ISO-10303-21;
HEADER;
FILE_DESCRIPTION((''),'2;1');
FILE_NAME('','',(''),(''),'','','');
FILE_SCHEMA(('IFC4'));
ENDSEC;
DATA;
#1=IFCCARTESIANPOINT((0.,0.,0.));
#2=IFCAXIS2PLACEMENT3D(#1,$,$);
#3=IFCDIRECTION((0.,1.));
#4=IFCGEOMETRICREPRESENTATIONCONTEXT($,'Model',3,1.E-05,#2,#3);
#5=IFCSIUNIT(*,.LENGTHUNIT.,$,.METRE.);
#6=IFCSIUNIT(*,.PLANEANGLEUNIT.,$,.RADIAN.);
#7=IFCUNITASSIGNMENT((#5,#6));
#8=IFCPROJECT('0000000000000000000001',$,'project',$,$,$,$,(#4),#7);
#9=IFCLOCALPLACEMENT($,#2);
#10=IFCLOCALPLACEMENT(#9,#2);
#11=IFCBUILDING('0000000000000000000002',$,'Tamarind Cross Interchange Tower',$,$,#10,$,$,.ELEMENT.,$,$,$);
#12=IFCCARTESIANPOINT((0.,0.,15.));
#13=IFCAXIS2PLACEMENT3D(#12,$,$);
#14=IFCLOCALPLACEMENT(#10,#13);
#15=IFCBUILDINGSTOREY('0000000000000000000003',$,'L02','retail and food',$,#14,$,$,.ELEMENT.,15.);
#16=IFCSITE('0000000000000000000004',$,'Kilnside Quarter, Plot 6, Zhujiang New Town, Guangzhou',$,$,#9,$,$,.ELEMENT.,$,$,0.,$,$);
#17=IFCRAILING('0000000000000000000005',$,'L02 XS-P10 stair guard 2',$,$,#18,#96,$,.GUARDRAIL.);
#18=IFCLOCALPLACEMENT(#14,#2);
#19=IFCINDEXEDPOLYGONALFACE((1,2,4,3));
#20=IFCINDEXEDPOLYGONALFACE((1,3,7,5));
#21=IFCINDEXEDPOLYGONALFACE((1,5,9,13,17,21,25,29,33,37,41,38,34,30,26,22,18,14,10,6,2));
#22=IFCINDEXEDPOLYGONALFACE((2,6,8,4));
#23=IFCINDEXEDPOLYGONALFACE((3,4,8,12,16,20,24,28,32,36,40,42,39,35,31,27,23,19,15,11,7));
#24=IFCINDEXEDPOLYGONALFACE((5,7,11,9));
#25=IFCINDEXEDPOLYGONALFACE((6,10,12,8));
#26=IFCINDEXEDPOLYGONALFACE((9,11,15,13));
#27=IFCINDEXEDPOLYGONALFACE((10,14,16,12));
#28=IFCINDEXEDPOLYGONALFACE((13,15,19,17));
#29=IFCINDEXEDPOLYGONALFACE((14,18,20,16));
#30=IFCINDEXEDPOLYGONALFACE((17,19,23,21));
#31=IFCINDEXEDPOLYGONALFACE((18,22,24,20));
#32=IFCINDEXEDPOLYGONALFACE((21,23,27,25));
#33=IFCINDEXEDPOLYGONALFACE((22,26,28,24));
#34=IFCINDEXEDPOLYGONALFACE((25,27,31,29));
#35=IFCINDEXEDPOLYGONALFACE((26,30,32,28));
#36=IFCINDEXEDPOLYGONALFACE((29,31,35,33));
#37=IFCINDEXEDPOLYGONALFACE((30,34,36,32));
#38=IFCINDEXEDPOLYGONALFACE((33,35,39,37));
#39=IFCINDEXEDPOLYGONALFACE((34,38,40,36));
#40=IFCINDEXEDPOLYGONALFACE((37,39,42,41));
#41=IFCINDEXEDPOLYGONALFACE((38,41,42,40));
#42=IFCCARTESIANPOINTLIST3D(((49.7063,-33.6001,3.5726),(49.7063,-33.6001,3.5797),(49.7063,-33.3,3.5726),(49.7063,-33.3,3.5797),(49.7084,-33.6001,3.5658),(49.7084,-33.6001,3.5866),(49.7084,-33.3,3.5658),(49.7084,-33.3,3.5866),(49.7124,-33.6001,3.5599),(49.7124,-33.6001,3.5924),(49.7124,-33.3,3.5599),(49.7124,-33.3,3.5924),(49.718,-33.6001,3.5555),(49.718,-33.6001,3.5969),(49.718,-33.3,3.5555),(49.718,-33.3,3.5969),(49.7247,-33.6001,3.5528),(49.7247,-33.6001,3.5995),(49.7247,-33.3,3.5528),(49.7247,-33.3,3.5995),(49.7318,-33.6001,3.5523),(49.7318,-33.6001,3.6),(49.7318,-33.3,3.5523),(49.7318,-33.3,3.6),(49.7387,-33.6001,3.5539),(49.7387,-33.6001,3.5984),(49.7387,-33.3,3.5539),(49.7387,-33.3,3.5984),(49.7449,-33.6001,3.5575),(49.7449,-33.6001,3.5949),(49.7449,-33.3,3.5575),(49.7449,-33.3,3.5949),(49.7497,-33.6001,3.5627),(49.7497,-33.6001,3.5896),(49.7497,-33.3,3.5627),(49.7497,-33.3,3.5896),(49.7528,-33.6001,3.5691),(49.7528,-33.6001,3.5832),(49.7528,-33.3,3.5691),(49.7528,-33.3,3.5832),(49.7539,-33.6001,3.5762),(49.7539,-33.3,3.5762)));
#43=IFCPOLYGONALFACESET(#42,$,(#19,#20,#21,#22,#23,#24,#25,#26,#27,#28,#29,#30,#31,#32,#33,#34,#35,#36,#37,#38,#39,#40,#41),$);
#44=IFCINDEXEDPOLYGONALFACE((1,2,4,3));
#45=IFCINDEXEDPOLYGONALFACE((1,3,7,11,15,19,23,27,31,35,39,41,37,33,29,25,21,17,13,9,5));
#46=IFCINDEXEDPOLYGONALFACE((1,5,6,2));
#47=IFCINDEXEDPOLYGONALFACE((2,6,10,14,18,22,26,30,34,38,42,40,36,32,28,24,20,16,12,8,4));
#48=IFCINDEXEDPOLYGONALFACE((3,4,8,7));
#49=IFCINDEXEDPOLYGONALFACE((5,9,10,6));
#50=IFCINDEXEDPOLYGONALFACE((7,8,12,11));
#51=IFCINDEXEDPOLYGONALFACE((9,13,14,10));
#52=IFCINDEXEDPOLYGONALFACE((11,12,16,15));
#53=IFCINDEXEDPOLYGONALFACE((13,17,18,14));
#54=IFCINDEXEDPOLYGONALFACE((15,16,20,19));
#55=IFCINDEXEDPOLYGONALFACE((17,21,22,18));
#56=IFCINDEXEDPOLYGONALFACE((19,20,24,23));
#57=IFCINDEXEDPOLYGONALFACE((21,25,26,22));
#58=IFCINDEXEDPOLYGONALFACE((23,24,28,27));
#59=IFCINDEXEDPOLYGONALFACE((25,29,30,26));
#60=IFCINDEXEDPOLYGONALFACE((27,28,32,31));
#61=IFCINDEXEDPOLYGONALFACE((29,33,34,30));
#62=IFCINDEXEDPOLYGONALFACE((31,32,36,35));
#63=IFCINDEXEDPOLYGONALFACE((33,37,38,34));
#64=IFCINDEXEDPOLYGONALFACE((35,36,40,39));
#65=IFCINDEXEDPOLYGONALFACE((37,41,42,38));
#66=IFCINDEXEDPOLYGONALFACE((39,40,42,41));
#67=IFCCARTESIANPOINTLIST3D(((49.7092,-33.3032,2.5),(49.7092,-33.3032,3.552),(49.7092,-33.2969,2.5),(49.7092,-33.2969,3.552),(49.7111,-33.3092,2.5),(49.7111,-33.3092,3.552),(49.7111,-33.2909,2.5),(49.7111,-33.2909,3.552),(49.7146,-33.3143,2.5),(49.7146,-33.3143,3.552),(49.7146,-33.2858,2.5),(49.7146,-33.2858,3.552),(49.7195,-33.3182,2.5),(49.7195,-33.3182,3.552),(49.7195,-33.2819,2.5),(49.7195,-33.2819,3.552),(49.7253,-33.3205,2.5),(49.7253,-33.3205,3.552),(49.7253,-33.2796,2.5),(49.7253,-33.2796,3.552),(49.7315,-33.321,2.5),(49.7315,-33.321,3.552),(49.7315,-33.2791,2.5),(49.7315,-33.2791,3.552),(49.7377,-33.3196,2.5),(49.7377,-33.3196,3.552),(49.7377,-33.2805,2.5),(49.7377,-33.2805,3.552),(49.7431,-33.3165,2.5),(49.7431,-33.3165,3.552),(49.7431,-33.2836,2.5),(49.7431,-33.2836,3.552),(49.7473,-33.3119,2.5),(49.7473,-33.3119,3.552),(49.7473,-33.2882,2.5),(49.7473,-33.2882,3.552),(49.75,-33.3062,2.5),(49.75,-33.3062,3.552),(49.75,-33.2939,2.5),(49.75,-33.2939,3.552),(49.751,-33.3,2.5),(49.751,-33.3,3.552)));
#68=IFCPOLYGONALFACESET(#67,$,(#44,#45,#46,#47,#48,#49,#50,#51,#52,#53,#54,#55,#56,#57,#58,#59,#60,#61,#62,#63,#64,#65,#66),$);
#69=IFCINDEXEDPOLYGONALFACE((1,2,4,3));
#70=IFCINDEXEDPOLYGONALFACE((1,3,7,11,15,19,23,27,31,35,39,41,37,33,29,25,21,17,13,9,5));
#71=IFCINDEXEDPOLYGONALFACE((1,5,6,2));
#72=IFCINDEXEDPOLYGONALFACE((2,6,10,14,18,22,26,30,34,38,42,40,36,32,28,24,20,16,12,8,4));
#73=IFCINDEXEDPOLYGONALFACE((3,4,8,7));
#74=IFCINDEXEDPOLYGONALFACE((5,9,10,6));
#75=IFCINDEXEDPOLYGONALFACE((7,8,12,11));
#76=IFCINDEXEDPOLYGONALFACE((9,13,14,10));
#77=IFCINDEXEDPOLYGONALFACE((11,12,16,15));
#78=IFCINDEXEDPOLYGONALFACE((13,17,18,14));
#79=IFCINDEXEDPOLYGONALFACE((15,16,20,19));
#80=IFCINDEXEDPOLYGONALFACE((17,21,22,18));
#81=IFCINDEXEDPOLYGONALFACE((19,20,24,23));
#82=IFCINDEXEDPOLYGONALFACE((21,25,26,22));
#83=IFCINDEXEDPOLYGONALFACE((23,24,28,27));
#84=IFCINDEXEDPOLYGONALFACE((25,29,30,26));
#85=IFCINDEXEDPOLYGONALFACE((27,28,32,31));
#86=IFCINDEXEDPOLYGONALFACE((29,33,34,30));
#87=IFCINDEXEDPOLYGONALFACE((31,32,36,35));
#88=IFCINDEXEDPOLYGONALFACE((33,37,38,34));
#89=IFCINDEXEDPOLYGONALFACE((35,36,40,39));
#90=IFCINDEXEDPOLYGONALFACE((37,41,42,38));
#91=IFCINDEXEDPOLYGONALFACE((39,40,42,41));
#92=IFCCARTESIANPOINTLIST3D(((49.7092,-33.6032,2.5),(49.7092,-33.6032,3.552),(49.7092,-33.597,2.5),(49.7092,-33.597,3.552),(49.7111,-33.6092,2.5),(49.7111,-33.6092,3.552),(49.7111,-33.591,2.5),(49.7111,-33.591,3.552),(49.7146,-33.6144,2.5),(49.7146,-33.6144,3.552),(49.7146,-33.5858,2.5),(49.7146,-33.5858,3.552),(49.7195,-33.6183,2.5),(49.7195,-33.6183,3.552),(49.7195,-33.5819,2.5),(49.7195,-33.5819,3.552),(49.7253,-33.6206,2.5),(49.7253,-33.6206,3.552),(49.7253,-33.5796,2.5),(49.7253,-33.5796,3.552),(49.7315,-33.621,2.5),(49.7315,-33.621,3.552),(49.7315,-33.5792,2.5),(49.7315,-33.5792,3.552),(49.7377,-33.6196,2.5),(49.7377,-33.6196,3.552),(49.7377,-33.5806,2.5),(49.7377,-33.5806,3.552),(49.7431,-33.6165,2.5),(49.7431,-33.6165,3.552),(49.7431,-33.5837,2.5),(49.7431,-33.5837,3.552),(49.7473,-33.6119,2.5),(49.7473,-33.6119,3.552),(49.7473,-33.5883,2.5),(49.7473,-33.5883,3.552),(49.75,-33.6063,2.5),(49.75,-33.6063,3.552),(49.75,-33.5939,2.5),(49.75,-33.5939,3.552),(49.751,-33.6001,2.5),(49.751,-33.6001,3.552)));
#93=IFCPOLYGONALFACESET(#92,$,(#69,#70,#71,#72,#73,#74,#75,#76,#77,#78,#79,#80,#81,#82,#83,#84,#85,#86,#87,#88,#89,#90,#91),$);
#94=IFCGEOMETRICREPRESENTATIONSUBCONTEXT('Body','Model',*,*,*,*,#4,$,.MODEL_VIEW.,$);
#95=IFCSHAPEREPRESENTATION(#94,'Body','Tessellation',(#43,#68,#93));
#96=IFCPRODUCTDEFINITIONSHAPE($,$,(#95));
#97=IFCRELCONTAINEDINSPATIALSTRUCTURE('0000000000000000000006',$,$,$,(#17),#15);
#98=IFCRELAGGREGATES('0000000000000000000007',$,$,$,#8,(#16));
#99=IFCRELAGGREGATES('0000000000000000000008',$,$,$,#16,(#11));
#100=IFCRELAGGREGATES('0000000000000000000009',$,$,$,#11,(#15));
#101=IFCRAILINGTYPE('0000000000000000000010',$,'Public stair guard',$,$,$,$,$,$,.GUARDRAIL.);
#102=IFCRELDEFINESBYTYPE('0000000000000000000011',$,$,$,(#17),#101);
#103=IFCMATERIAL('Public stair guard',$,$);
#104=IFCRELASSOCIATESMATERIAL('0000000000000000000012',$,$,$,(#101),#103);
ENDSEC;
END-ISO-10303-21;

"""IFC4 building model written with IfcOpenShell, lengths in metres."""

from ifc_helpers import new_model, si_unit, direction, frame, origin, origin_2d, place, context, subcontext, project, spatial, circle, extrude, material, type_object, element, save


model = new_model("IFC4")

# Units and contexts
model_context = context("Model", 3, precision=1e-05, world=origin(), true_north=direction((0.0, 1.0)))
body_context = subcontext(model_context, "Body", "Model", "MODEL_VIEW")
ifc_project = project(units=[si_unit("LENGTHUNIT", "METRE"), si_unit("PLANEANGLEUNIT", "RADIAN")], contexts=[model_context])

# Site, building, storey
site_placement = place(None, origin())
site = spatial("IfcSite", under=ifc_project, at=site_placement, Name="Kilnside Quarter, Plot 6, Zhujiang New Town, Guangzhou", CompositionType="ELEMENT", RefElevation=0.0)
building_placement = place(site_placement, origin())
building = spatial("IfcBuilding", under=site, at=building_placement, Name="Tamarind Cross Interchange Tower", CompositionType="ELEMENT")
storey_placement = place(building_placement, frame((0.0, 0.0, 15.0)))
storey = spatial("IfcBuildingStorey", under=building, at=storey_placement, Name="L02", Description="retail and food", CompositionType="ELEMENT", Elevation=15.0)

# Railing
ifc_material_1 = material(Name="Public stair guard")
railing_type_1 = type_object("IfcRailingType", Name="Public stair guard", PredefinedType="GUARDRAIL", material=ifc_material_1)
railing_1_placement = place(storey_placement, frame((49.73, -33.3, 2.5)))
element("IfcRailing", 1, at=railing_1_placement, inside=storey, type_object=railing_type_1, Name="L02 XS-P10 stair guard 2", PredefinedType="GUARDRAIL", context=body_context, shape_type="SweptSolid", body=[
    extrude(circle(Radius=0.0239, at=origin_2d()), frame((0.0, 0.0, 1.0762), z_axis=(0.0, -1.0, 0.0), x_axis=(1.0, 0.0, 0.0)), (0.0, 0.0, 1.0), 0.3),
    extrude(circle(Radius=0.021, at=origin_2d()), origin(), (0.0, 0.0, 1.0), 1.052),
    extrude(circle(Radius=0.021, at=origin_2d()), frame((0.0, -0.3, 0.0)), (0.0, 0.0, 1.0), 1.052),
])

save(model, "model.ifc")
